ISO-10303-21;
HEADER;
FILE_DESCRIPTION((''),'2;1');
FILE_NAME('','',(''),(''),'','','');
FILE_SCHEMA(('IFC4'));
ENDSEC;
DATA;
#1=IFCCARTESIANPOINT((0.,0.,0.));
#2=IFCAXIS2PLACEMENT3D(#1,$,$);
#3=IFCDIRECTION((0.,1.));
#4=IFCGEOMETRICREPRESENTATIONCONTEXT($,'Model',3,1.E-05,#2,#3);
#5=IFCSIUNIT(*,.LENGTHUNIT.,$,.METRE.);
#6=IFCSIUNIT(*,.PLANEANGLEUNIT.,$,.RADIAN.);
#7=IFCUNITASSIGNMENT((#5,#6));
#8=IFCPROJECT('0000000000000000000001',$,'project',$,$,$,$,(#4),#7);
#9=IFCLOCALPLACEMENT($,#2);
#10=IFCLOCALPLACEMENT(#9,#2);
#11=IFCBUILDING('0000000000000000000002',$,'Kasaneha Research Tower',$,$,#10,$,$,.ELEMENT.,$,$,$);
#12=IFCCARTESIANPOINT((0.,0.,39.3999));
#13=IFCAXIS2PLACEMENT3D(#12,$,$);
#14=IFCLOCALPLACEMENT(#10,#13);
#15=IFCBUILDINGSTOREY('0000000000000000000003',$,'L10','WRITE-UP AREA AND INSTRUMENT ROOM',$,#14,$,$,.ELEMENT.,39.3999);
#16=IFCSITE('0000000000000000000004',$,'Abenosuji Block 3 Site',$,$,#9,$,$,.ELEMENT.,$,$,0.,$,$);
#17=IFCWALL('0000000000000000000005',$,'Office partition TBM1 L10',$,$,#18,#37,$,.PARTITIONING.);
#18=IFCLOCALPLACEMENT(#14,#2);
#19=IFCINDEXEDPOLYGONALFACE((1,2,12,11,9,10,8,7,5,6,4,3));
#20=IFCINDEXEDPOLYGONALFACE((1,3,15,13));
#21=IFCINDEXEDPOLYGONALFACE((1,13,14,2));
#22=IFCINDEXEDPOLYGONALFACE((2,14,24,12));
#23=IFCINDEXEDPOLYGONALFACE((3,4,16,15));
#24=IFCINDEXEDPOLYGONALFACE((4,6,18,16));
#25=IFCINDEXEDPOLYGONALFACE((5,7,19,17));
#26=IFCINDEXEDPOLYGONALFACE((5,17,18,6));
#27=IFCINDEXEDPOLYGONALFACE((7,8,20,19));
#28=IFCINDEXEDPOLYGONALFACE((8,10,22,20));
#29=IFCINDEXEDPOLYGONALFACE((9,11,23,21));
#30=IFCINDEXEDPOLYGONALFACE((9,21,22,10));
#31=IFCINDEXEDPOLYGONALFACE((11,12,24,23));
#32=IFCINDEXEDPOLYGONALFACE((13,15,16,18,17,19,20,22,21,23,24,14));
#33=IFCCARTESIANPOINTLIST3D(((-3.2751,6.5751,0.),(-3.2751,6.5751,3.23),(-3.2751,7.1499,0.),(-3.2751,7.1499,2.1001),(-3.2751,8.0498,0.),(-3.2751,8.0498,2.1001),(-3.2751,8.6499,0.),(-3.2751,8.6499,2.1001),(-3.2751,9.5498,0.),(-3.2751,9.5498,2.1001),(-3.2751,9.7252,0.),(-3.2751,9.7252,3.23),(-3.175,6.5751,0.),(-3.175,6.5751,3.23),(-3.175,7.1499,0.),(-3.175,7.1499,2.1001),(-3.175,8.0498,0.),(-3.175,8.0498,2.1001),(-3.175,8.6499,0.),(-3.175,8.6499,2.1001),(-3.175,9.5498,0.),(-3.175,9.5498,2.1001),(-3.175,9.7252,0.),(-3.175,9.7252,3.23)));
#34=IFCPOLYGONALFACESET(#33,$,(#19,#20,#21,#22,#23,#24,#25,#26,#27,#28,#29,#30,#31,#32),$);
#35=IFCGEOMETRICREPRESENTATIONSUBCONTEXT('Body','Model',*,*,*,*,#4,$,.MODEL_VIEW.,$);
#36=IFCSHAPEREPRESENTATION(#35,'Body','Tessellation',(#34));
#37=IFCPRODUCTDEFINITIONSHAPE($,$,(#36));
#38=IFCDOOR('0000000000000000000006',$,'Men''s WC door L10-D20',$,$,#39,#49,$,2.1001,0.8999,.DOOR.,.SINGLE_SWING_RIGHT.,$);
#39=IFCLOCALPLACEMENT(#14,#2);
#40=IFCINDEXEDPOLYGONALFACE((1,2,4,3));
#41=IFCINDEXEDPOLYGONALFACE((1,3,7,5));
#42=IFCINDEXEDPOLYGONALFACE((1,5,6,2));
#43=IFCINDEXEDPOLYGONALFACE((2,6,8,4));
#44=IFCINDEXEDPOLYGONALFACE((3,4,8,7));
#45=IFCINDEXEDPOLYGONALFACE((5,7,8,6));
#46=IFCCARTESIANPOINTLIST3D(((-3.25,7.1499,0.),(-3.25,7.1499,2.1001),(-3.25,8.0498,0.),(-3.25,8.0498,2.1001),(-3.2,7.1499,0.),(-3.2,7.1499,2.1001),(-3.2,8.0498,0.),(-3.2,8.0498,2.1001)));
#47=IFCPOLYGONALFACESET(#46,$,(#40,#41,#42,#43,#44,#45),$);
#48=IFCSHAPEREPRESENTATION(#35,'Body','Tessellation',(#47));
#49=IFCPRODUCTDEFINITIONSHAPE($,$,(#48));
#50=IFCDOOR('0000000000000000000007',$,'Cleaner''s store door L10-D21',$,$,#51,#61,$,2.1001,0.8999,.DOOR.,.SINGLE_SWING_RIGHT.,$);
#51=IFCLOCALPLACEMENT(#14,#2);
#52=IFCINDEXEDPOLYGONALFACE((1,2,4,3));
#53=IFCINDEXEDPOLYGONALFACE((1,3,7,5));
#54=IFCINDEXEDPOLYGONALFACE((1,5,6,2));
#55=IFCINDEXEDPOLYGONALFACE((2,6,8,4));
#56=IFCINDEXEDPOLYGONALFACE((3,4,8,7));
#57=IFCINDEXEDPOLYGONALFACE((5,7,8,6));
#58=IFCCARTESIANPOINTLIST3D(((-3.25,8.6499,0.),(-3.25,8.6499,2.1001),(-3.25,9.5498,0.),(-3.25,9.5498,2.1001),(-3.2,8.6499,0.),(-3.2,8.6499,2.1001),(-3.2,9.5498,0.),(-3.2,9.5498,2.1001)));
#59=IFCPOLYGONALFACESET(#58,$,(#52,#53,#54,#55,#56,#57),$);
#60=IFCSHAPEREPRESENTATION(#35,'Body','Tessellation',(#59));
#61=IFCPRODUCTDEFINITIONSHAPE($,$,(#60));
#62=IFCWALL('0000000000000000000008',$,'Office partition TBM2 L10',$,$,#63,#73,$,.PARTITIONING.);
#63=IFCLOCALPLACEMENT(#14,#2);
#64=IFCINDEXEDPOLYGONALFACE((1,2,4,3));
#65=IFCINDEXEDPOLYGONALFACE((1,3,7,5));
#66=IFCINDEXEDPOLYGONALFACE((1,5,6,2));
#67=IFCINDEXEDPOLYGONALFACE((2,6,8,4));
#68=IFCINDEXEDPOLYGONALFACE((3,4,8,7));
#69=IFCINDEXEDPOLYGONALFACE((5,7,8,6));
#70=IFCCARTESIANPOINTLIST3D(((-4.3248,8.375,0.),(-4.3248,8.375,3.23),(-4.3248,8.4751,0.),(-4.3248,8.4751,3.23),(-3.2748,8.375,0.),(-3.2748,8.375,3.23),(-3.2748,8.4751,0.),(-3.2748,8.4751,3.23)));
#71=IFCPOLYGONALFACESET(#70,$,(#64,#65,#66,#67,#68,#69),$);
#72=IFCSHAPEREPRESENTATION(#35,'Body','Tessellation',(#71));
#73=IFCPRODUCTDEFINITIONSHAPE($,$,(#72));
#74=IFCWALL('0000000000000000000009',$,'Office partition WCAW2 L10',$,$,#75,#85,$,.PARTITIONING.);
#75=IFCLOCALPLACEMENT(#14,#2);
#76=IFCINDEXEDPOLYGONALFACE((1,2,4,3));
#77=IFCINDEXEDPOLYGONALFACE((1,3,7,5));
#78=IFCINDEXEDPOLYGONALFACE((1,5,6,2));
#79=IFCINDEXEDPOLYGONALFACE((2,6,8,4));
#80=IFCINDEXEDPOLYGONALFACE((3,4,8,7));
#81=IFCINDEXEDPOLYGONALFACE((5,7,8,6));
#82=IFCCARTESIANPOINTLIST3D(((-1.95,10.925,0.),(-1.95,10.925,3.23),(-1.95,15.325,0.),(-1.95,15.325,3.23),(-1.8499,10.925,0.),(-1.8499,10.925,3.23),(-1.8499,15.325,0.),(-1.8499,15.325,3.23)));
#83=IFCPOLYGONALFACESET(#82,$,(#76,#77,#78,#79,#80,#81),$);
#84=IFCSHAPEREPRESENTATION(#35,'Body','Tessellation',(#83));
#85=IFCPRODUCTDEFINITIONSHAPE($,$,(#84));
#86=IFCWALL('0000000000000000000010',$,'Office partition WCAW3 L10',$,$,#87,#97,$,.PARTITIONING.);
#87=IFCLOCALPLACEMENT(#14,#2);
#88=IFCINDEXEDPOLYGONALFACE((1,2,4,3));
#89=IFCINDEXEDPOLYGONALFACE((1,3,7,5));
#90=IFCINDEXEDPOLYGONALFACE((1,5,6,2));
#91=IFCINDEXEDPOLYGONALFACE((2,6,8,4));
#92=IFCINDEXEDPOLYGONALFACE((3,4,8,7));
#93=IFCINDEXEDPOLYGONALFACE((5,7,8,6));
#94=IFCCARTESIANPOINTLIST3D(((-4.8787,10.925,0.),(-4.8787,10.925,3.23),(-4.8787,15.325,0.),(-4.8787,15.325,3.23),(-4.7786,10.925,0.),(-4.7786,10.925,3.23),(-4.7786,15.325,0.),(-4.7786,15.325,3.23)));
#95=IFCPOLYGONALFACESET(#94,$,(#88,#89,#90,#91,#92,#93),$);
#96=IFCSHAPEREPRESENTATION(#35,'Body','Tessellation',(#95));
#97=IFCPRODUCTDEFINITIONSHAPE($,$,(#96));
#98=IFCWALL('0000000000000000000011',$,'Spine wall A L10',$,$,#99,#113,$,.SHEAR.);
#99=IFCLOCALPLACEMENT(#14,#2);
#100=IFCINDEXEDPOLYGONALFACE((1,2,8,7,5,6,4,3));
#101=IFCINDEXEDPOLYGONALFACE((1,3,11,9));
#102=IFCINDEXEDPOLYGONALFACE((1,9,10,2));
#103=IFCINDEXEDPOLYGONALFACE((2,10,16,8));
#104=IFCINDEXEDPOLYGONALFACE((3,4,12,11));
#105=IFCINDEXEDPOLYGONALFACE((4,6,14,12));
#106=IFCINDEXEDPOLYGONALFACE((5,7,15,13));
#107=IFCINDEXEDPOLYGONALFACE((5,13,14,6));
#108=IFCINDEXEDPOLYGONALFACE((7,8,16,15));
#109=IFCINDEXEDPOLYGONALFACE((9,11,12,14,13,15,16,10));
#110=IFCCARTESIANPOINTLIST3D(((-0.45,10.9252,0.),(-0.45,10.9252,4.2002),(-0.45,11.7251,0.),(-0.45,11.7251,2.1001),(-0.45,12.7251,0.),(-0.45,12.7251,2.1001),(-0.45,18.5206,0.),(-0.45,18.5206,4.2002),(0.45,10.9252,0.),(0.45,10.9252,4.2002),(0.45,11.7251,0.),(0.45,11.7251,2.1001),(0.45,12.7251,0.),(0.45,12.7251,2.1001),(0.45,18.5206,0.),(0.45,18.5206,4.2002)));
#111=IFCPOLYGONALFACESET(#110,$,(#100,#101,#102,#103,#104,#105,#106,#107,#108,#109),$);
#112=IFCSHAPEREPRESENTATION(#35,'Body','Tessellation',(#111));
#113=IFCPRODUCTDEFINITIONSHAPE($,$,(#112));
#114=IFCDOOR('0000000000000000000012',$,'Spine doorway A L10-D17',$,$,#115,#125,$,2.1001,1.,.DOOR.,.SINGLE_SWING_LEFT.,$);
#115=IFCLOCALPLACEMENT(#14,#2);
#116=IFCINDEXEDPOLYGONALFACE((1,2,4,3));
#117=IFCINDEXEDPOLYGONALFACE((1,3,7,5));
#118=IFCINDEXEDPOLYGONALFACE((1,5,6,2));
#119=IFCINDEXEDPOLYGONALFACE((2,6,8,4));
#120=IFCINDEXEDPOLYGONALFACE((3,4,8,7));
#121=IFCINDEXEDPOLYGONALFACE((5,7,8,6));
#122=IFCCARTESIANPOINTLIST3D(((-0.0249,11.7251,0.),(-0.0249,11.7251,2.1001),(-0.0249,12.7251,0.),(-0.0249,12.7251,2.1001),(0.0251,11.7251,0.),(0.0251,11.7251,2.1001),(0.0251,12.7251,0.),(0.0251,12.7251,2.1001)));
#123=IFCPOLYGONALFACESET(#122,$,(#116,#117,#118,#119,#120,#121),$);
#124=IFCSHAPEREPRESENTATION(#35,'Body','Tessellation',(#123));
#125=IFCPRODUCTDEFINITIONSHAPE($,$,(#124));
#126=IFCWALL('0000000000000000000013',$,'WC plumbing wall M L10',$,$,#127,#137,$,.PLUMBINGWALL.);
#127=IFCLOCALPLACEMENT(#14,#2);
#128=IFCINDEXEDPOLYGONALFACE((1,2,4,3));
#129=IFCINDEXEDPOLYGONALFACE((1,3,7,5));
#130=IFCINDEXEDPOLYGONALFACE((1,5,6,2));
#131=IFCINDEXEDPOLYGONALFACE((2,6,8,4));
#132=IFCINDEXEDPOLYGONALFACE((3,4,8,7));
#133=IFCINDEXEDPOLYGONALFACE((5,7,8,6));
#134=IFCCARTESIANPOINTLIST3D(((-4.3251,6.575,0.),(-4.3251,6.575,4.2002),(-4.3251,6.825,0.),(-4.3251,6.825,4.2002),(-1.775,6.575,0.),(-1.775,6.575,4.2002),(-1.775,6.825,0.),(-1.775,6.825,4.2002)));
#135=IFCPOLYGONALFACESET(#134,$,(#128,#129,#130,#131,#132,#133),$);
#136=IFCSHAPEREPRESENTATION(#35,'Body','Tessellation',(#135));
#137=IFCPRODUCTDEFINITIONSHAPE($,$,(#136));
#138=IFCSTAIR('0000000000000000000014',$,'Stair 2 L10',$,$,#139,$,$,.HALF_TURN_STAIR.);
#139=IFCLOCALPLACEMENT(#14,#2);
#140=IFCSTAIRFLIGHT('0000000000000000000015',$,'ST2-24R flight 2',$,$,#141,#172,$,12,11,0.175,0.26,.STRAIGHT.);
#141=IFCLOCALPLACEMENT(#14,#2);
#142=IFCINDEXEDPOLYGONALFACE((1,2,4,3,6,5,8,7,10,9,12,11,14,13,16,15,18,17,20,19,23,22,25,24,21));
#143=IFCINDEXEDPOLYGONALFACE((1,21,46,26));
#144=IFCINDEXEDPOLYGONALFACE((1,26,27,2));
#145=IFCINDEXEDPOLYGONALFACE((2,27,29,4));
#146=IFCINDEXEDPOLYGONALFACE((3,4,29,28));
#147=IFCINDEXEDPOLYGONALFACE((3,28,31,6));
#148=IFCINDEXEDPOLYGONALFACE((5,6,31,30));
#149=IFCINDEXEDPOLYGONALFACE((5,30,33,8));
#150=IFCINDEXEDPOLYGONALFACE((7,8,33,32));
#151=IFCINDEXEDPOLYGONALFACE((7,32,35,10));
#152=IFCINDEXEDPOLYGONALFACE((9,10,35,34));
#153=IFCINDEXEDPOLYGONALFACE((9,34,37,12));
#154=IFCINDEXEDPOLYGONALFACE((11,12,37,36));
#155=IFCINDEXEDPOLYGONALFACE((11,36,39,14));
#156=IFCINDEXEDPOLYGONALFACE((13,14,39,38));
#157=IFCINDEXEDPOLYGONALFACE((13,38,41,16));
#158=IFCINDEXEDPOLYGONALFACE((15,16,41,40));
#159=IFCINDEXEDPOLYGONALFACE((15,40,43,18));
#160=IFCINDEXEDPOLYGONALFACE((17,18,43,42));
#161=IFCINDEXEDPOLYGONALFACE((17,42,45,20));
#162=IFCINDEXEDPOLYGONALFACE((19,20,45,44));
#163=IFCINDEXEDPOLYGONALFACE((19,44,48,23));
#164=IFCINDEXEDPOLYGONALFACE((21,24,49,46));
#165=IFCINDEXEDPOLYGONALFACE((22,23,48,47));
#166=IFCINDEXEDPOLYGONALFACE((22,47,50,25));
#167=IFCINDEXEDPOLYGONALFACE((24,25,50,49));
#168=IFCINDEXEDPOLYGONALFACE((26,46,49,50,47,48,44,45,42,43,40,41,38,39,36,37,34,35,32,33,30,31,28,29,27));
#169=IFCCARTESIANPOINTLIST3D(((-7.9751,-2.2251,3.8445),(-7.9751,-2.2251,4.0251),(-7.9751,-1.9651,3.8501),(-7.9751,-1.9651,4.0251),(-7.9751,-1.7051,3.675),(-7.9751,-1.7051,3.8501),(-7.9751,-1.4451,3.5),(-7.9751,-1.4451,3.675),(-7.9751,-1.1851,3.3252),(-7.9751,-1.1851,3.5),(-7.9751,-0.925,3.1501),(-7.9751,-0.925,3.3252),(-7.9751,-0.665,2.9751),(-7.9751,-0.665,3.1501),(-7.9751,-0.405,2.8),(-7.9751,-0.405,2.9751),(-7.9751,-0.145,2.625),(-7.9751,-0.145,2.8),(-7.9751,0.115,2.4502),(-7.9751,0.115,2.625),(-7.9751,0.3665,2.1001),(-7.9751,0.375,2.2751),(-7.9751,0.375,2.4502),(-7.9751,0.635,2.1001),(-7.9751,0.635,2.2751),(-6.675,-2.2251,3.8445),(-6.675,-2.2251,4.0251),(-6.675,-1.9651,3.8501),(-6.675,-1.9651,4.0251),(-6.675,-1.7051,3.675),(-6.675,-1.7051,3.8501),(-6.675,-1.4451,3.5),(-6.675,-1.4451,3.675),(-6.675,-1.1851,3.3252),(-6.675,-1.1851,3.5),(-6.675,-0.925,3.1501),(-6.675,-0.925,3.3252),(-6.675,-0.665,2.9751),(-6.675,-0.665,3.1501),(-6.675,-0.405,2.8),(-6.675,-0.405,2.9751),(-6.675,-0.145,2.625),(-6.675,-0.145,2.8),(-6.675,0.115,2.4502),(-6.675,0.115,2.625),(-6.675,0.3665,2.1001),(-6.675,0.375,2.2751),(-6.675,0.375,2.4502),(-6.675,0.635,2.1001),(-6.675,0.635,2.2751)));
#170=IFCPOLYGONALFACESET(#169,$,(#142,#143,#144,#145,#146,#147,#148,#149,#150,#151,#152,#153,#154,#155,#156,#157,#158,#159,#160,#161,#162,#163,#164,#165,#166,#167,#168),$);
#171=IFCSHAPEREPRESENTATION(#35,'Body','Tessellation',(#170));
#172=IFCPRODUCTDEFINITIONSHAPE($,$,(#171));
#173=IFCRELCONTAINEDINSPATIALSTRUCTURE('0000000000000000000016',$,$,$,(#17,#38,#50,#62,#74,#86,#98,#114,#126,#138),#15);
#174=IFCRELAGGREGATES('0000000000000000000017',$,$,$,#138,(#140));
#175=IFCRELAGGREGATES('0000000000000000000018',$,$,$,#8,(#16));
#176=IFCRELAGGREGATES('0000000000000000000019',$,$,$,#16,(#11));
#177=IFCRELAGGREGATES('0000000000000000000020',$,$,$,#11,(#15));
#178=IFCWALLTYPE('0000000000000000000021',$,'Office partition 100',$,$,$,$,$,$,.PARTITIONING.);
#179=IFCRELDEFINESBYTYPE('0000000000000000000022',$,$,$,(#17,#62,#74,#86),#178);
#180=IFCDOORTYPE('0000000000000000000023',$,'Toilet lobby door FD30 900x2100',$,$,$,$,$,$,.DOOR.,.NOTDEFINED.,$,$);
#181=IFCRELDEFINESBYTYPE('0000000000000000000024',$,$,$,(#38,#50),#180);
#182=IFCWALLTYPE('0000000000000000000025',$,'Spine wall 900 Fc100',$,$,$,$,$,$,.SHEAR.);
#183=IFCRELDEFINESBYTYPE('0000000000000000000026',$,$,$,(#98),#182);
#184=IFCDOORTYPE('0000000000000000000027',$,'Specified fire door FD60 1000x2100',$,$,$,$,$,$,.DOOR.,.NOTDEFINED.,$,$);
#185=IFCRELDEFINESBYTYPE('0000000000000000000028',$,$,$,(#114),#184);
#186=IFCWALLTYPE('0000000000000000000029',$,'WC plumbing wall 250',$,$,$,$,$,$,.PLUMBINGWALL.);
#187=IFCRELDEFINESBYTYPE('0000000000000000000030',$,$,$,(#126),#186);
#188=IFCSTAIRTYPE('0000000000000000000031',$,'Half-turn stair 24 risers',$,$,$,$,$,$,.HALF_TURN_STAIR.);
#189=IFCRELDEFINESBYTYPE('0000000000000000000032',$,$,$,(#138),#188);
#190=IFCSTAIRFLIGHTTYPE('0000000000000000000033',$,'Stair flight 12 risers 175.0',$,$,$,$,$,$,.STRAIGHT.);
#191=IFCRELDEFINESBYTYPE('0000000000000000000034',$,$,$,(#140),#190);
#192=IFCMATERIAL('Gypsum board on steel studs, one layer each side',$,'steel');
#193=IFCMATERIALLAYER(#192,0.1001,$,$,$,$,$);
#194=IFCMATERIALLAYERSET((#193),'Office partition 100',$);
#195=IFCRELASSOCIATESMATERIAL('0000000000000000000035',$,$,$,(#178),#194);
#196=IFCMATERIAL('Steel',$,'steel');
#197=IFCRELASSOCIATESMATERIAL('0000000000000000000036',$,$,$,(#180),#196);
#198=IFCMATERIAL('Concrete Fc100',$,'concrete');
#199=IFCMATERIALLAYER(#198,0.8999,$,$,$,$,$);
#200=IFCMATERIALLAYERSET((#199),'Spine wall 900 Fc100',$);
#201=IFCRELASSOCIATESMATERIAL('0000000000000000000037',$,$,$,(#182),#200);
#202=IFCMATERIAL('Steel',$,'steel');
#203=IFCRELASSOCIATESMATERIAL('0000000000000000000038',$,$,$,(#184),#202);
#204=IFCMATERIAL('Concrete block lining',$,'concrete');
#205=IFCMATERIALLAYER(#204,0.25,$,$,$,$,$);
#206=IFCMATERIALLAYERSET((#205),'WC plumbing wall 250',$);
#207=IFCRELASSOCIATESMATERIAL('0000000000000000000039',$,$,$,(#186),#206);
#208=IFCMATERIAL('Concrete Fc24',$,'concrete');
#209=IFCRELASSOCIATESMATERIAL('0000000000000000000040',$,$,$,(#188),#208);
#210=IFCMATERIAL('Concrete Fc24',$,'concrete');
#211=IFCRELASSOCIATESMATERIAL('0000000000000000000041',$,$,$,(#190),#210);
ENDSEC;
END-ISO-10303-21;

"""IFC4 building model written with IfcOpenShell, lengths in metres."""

from ifc_helpers import new_model, si_unit, direction, frame, frame_2d, origin, place, context, subcontext, project, spatial, polyline, rectangle, outline, extrude, material, layer, layer_set, type_object, element, fill, aggregate, save


model = new_model("IFC4")

# Units and contexts
model_context = context("Model", 3, precision=1e-05, world=origin(), true_north=direction((0.0, 1.0)))
body_context = subcontext(model_context, "Body", "Model", "MODEL_VIEW")
ifc_project = project(units=[si_unit("LENGTHUNIT", "METRE"), si_unit("PLANEANGLEUNIT", "RADIAN")], contexts=[model_context])

# Site, building, storey
site_placement = place(None, origin())
site = spatial("IfcSite", under=ifc_project, at=site_placement, Name="Abenosuji Block 3 Site", CompositionType="ELEMENT", RefElevation=0.0)
building_placement = place(site_placement, origin())
building = spatial("IfcBuilding", under=site, at=building_placement, Name="Kasaneha Research Tower", CompositionType="ELEMENT")
storey_placement = place(building_placement, frame((0.0, 0.0, 39.3999)))
storey = spatial("IfcBuildingStorey", under=building, at=storey_placement, Name="L10", Description="WRITE-UP AREA AND INSTRUMENT ROOM", CompositionType="ELEMENT", Elevation=39.3999)

# Wall, openings, doors
ifc_material_1 = material(Name="Gypsum board on steel studs, one layer each side", Category="steel")
ifc_layer_1 = layer(ifc_material_1, 0.1001)
ifc_layer_set_1 = layer_set([ifc_layer_1], Name="Office partition 100")
wall_type_1 = type_object("IfcWallType", Name="Office partition 100", PredefinedType="PARTITIONING", material=ifc_layer_set_1)
wall_1_placement = place(storey_placement, frame((-3.2251, 6.575, 0.0), z_axis=(0.0, 0.0, 1.0), x_axis=(0.0, 1.0, 0.0)))
wall_1 = element("IfcWall", 1, at=wall_1_placement, inside=storey, type_object=wall_type_1, Name="Office partition TBM1 L10", PredefinedType="PARTITIONING", context=body_context, shape_type="SweptSolid", body=[
    extrude(rectangle(XDim=3.1501, YDim=0.1001, at=frame_2d((1.5752, 0.0))), origin(), (0.0, 0.0, 1.0), 3.23),
])
opening_1_placement = place(wall_1_placement, frame((0.575, 0.0, 0.0)))
opening_1 = element("IfcOpeningElement", 2, at=opening_1_placement, cuts=wall_1, PredefinedType="OPENING", context=body_context, shape_type="SweptSolid", body=[
    extrude(rectangle(XDim=0.8999, YDim=2.1001, at=frame_2d((0.45, 1.05))), frame((0.0, 0.0601, 0.0), z_axis=(0.0, -1.0, 0.0), x_axis=(1.0, 0.0, 0.0)), (0.0, 0.0, 1.0), 0.1201),
])
opening_2_placement = place(wall_1_placement, frame((2.075, 0.0, 0.0)))
opening_2 = element("IfcOpeningElement", 3, at=opening_2_placement, cuts=wall_1, PredefinedType="OPENING", context=body_context, shape_type="SweptSolid", body=[
    extrude(rectangle(XDim=0.8999, YDim=2.1001, at=frame_2d((0.45, 1.05))), frame((0.0, 0.0601, 0.0), z_axis=(0.0, -1.0, 0.0), x_axis=(1.0, 0.0, 0.0)), (0.0, 0.0, 1.0), 0.1201),
])
ifc_material_2 = material(Name="Steel", Category="steel")
door_type_1 = type_object("IfcDoorType", Name="Toilet lobby door FD30 900x2100", OperationType="NOTDEFINED", PredefinedType="DOOR", material=ifc_material_2)
door_1_placement = place(opening_1_placement, origin())
door_1 = element("IfcDoor", 4, at=door_1_placement, inside=storey, type_object=door_type_1, Name="Men's WC door L10-D20", OperationType="SINGLE_SWING_RIGHT", OverallHeight=2.1001, OverallWidth=0.8999, PredefinedType="DOOR", context=body_context, shape_type="SweptSolid", body=[
    extrude(rectangle(XDim=0.8999, YDim=2.1001, at=frame_2d((0.45, 1.05))), frame((0.0, 0.0249, 0.0), z_axis=(0.0, -1.0, 0.0), x_axis=(1.0, 0.0, 0.0)), (0.0, 0.0, 1.0), 0.05),
])
fill(opening_1, door_1)
door_2_placement = place(opening_2_placement, origin())
door_2 = element("IfcDoor", 5, at=door_2_placement, inside=storey, type_object=door_type_1, Name="Cleaner's store door L10-D21", OperationType="SINGLE_SWING_RIGHT", OverallHeight=2.1001, OverallWidth=0.8999, PredefinedType="DOOR", context=body_context, shape_type="SweptSolid", body=[
    extrude(rectangle(XDim=0.8999, YDim=2.1001, at=frame_2d((0.45, 1.05))), frame((0.0, 0.0249, 0.0), z_axis=(0.0, -1.0, 0.0), x_axis=(1.0, 0.0, 0.0)), (0.0, 0.0, 1.0), 0.05),
])
fill(opening_2, door_2)

# Walls
wall_2_placement = place(storey_placement, frame((-3.2749, 8.425, 0.0), z_axis=(0.0, 0.0, 1.0), x_axis=(-1.0, 0.0, 0.0)))
element("IfcWall", 6, at=wall_2_placement, inside=storey, type_object=wall_type_1, Name="Office partition TBM2 L10", PredefinedType="PARTITIONING", context=body_context, shape_type="SweptSolid", body=[
    extrude(rectangle(XDim=1.05, YDim=0.1001, at=frame_2d((0.5249, 0.0))), origin(), (0.0, 0.0, 1.0), 3.23),
])
for number, where, z_axis, x_axis, name in (
    (7, (-1.8999, 10.925, 0.0), (0.0, 0.0, 1.0), (0.0, 1.0, 0.0), "Office partition WCAW2 L10"),
    (8, (-4.8286, 10.925, 0.0), (0.0, 0.0, 1.0), (0.0, 1.0, 0.0), "Office partition WCAW3 L10"),
):
    element("IfcWall", number, at=place(storey_placement, frame(where, z_axis=z_axis, x_axis=x_axis)), inside=storey, type_object=wall_type_1, Name=name, PredefinedType="PARTITIONING", context=body_context, shape_type="SweptSolid", body=[
        extrude(rectangle(XDim=4.3999, YDim=0.1001, at=frame_2d((2.2, 0.0))), origin(), (0.0, 0.0, 1.0), 3.23),
    ])

# Wall, opening, door
ifc_material_3 = material(Name="Concrete Fc100", Category="concrete")
ifc_layer_2 = layer(ifc_material_3, 0.8999)
ifc_layer_set_2 = layer_set([ifc_layer_2], Name="Spine wall 900 Fc100")
wall_type_2 = type_object("IfcWallType", Name="Spine wall 900 Fc100", PredefinedType="SHEAR", material=ifc_layer_set_2)
wall_3_placement = place(storey_placement, frame((0.0, 10.925, 0.0), z_axis=(0.0, 0.0, 1.0), x_axis=(0.0, 1.0, 0.0)))
wall_3 = element("IfcWall", 9, at=wall_3_placement, inside=storey, type_object=wall_type_2, Name="Spine wall A L10", PredefinedType="SHEAR", context=body_context, shape_type="SweptSolid", body=[
    extrude(rectangle(XDim=7.5955, YDim=0.8999, at=frame_2d((3.7979, 0.0))), origin(), (0.0, 0.0, 1.0), 4.2002),
])
opening_3_placement = place(wall_3_placement, frame((0.8, 0.0, 0.0)))
opening_3 = element("IfcOpeningElement", 10, at=opening_3_placement, cuts=wall_3, PredefinedType="OPENING", context=body_context, shape_type="SweptSolid", body=[
    extrude(rectangle(XDim=1.0, YDim=2.1001, at=frame_2d((0.5, 1.05))), frame((0.0, 0.46, 0.0), z_axis=(0.0, -1.0, 0.0), x_axis=(1.0, 0.0, 0.0)), (0.0, 0.0, 1.0), 0.9199),
])
ifc_material_4 = material(Name="Steel", Category="steel")
door_type_2 = type_object("IfcDoorType", Name="Specified fire door FD60 1000x2100", OperationType="NOTDEFINED", PredefinedType="DOOR", material=ifc_material_4)
door_3_placement = place(opening_3_placement, origin())
door_3 = element("IfcDoor", 11, at=door_3_placement, inside=storey, type_object=door_type_2, Name="Spine doorway A L10-D17", OperationType="SINGLE_SWING_LEFT", OverallHeight=2.1001, OverallWidth=1.0, PredefinedType="DOOR", context=body_context, shape_type="SweptSolid", body=[
    extrude(rectangle(XDim=1.0, YDim=2.1001, at=frame_2d((0.5, 1.05))), frame((0.0, 0.0249, 0.0), z_axis=(0.0, -1.0, 0.0), x_axis=(1.0, 0.0, 0.0)), (0.0, 0.0, 1.0), 0.05),
])
fill(opening_3, door_3)

# Wall
ifc_material_5 = material(Name="Concrete block lining", Category="concrete")
ifc_layer_3 = layer(ifc_material_5, 0.25)
ifc_layer_set_3 = layer_set([ifc_layer_3], Name="WC plumbing wall 250")
wall_type_3 = type_object("IfcWallType", Name="WC plumbing wall 250", PredefinedType="PLUMBINGWALL", material=ifc_layer_set_3)
wall_4_placement = place(storey_placement, frame((-4.325, 6.7, 0.0), z_axis=(0.0, 0.0, 1.0), x_axis=(1.0, 0.0, 0.0)))
element("IfcWall", 12, at=wall_4_placement, inside=storey, type_object=wall_type_3, Name="WC plumbing wall M L10", PredefinedType="PLUMBINGWALL", context=body_context, shape_type="SweptSolid", body=[
    extrude(rectangle(XDim=2.55, YDim=0.25, at=frame_2d((1.2749, 0.0))), origin(), (0.0, 0.0, 1.0), 4.2002),
])

# Stair, stair flight
ifc_material_6 = material(Name="Concrete Fc24", Category="concrete")
stair_type = type_object("IfcStairType", Name="Half-turn stair 24 risers", PredefinedType="HALF_TURN_STAIR", material=ifc_material_6)
stair_placement = place(storey_placement, origin())
stair = element("IfcStair", 13, at=stair_placement, inside=storey, type_object=stair_type, Name="Stair 2 L10", PredefinedType="HALF_TURN_STAIR")
ifc_material_7 = material(Name="Concrete Fc24", Category="concrete")
stair_flight_type = type_object("IfcStairFlightType", Name="Stair flight 12 risers 175.0", PredefinedType="STRAIGHT", material=ifc_material_7)
stair_flight_placement = place(storey_placement, frame((-7.325, 0.635, 2.1001), z_axis=(0.0, 0.0, 1.0), x_axis=(0.0, -1.0, 0.0)))
stair_flight = element("IfcStairFlight", 14, at=stair_flight_placement, type_object=stair_flight_type, Name="ST2-24R flight 2", NumberOfRisers=12, NumberOfTreads=11, PredefinedType="STRAIGHT", RiserHeight=0.175, TreadLength=0.26, context=body_context, shape_type="SweptSolid", body=[
    extrude(outline(polyline([(0.0, 0.0), (0.0, 0.175), (0.26, 0.175), (0.26, 0.3501), (0.52, 0.3501), (0.52, 0.5249), (0.78, 0.5249), (0.78, 0.7), (1.04, 0.7), (1.04, 0.875), (1.3, 0.875), (1.3, 1.05), (1.5601, 1.05), (1.5601, 1.2251), (1.8201, 1.2251), (1.8201, 1.3999), (2.0801, 1.3999), (2.0801, 1.575), (2.3401, 1.575), (2.3401, 1.75), (2.6001, 1.75), (2.6001, 1.925), (2.8601, 1.925), (2.8601, 2.1001), (2.8601, 1.7444), (0.2686, 0.0), (0.0, 0.0)])), frame((0.0, 0.6499, 0.0), z_axis=(0.0, -1.0, 0.0), x_axis=(1.0, 0.0, 0.0)), (0.0, 0.0, 1.0), 1.3),
])
aggregate(stair, [stair_flight])

save(model, "model.ifc")
